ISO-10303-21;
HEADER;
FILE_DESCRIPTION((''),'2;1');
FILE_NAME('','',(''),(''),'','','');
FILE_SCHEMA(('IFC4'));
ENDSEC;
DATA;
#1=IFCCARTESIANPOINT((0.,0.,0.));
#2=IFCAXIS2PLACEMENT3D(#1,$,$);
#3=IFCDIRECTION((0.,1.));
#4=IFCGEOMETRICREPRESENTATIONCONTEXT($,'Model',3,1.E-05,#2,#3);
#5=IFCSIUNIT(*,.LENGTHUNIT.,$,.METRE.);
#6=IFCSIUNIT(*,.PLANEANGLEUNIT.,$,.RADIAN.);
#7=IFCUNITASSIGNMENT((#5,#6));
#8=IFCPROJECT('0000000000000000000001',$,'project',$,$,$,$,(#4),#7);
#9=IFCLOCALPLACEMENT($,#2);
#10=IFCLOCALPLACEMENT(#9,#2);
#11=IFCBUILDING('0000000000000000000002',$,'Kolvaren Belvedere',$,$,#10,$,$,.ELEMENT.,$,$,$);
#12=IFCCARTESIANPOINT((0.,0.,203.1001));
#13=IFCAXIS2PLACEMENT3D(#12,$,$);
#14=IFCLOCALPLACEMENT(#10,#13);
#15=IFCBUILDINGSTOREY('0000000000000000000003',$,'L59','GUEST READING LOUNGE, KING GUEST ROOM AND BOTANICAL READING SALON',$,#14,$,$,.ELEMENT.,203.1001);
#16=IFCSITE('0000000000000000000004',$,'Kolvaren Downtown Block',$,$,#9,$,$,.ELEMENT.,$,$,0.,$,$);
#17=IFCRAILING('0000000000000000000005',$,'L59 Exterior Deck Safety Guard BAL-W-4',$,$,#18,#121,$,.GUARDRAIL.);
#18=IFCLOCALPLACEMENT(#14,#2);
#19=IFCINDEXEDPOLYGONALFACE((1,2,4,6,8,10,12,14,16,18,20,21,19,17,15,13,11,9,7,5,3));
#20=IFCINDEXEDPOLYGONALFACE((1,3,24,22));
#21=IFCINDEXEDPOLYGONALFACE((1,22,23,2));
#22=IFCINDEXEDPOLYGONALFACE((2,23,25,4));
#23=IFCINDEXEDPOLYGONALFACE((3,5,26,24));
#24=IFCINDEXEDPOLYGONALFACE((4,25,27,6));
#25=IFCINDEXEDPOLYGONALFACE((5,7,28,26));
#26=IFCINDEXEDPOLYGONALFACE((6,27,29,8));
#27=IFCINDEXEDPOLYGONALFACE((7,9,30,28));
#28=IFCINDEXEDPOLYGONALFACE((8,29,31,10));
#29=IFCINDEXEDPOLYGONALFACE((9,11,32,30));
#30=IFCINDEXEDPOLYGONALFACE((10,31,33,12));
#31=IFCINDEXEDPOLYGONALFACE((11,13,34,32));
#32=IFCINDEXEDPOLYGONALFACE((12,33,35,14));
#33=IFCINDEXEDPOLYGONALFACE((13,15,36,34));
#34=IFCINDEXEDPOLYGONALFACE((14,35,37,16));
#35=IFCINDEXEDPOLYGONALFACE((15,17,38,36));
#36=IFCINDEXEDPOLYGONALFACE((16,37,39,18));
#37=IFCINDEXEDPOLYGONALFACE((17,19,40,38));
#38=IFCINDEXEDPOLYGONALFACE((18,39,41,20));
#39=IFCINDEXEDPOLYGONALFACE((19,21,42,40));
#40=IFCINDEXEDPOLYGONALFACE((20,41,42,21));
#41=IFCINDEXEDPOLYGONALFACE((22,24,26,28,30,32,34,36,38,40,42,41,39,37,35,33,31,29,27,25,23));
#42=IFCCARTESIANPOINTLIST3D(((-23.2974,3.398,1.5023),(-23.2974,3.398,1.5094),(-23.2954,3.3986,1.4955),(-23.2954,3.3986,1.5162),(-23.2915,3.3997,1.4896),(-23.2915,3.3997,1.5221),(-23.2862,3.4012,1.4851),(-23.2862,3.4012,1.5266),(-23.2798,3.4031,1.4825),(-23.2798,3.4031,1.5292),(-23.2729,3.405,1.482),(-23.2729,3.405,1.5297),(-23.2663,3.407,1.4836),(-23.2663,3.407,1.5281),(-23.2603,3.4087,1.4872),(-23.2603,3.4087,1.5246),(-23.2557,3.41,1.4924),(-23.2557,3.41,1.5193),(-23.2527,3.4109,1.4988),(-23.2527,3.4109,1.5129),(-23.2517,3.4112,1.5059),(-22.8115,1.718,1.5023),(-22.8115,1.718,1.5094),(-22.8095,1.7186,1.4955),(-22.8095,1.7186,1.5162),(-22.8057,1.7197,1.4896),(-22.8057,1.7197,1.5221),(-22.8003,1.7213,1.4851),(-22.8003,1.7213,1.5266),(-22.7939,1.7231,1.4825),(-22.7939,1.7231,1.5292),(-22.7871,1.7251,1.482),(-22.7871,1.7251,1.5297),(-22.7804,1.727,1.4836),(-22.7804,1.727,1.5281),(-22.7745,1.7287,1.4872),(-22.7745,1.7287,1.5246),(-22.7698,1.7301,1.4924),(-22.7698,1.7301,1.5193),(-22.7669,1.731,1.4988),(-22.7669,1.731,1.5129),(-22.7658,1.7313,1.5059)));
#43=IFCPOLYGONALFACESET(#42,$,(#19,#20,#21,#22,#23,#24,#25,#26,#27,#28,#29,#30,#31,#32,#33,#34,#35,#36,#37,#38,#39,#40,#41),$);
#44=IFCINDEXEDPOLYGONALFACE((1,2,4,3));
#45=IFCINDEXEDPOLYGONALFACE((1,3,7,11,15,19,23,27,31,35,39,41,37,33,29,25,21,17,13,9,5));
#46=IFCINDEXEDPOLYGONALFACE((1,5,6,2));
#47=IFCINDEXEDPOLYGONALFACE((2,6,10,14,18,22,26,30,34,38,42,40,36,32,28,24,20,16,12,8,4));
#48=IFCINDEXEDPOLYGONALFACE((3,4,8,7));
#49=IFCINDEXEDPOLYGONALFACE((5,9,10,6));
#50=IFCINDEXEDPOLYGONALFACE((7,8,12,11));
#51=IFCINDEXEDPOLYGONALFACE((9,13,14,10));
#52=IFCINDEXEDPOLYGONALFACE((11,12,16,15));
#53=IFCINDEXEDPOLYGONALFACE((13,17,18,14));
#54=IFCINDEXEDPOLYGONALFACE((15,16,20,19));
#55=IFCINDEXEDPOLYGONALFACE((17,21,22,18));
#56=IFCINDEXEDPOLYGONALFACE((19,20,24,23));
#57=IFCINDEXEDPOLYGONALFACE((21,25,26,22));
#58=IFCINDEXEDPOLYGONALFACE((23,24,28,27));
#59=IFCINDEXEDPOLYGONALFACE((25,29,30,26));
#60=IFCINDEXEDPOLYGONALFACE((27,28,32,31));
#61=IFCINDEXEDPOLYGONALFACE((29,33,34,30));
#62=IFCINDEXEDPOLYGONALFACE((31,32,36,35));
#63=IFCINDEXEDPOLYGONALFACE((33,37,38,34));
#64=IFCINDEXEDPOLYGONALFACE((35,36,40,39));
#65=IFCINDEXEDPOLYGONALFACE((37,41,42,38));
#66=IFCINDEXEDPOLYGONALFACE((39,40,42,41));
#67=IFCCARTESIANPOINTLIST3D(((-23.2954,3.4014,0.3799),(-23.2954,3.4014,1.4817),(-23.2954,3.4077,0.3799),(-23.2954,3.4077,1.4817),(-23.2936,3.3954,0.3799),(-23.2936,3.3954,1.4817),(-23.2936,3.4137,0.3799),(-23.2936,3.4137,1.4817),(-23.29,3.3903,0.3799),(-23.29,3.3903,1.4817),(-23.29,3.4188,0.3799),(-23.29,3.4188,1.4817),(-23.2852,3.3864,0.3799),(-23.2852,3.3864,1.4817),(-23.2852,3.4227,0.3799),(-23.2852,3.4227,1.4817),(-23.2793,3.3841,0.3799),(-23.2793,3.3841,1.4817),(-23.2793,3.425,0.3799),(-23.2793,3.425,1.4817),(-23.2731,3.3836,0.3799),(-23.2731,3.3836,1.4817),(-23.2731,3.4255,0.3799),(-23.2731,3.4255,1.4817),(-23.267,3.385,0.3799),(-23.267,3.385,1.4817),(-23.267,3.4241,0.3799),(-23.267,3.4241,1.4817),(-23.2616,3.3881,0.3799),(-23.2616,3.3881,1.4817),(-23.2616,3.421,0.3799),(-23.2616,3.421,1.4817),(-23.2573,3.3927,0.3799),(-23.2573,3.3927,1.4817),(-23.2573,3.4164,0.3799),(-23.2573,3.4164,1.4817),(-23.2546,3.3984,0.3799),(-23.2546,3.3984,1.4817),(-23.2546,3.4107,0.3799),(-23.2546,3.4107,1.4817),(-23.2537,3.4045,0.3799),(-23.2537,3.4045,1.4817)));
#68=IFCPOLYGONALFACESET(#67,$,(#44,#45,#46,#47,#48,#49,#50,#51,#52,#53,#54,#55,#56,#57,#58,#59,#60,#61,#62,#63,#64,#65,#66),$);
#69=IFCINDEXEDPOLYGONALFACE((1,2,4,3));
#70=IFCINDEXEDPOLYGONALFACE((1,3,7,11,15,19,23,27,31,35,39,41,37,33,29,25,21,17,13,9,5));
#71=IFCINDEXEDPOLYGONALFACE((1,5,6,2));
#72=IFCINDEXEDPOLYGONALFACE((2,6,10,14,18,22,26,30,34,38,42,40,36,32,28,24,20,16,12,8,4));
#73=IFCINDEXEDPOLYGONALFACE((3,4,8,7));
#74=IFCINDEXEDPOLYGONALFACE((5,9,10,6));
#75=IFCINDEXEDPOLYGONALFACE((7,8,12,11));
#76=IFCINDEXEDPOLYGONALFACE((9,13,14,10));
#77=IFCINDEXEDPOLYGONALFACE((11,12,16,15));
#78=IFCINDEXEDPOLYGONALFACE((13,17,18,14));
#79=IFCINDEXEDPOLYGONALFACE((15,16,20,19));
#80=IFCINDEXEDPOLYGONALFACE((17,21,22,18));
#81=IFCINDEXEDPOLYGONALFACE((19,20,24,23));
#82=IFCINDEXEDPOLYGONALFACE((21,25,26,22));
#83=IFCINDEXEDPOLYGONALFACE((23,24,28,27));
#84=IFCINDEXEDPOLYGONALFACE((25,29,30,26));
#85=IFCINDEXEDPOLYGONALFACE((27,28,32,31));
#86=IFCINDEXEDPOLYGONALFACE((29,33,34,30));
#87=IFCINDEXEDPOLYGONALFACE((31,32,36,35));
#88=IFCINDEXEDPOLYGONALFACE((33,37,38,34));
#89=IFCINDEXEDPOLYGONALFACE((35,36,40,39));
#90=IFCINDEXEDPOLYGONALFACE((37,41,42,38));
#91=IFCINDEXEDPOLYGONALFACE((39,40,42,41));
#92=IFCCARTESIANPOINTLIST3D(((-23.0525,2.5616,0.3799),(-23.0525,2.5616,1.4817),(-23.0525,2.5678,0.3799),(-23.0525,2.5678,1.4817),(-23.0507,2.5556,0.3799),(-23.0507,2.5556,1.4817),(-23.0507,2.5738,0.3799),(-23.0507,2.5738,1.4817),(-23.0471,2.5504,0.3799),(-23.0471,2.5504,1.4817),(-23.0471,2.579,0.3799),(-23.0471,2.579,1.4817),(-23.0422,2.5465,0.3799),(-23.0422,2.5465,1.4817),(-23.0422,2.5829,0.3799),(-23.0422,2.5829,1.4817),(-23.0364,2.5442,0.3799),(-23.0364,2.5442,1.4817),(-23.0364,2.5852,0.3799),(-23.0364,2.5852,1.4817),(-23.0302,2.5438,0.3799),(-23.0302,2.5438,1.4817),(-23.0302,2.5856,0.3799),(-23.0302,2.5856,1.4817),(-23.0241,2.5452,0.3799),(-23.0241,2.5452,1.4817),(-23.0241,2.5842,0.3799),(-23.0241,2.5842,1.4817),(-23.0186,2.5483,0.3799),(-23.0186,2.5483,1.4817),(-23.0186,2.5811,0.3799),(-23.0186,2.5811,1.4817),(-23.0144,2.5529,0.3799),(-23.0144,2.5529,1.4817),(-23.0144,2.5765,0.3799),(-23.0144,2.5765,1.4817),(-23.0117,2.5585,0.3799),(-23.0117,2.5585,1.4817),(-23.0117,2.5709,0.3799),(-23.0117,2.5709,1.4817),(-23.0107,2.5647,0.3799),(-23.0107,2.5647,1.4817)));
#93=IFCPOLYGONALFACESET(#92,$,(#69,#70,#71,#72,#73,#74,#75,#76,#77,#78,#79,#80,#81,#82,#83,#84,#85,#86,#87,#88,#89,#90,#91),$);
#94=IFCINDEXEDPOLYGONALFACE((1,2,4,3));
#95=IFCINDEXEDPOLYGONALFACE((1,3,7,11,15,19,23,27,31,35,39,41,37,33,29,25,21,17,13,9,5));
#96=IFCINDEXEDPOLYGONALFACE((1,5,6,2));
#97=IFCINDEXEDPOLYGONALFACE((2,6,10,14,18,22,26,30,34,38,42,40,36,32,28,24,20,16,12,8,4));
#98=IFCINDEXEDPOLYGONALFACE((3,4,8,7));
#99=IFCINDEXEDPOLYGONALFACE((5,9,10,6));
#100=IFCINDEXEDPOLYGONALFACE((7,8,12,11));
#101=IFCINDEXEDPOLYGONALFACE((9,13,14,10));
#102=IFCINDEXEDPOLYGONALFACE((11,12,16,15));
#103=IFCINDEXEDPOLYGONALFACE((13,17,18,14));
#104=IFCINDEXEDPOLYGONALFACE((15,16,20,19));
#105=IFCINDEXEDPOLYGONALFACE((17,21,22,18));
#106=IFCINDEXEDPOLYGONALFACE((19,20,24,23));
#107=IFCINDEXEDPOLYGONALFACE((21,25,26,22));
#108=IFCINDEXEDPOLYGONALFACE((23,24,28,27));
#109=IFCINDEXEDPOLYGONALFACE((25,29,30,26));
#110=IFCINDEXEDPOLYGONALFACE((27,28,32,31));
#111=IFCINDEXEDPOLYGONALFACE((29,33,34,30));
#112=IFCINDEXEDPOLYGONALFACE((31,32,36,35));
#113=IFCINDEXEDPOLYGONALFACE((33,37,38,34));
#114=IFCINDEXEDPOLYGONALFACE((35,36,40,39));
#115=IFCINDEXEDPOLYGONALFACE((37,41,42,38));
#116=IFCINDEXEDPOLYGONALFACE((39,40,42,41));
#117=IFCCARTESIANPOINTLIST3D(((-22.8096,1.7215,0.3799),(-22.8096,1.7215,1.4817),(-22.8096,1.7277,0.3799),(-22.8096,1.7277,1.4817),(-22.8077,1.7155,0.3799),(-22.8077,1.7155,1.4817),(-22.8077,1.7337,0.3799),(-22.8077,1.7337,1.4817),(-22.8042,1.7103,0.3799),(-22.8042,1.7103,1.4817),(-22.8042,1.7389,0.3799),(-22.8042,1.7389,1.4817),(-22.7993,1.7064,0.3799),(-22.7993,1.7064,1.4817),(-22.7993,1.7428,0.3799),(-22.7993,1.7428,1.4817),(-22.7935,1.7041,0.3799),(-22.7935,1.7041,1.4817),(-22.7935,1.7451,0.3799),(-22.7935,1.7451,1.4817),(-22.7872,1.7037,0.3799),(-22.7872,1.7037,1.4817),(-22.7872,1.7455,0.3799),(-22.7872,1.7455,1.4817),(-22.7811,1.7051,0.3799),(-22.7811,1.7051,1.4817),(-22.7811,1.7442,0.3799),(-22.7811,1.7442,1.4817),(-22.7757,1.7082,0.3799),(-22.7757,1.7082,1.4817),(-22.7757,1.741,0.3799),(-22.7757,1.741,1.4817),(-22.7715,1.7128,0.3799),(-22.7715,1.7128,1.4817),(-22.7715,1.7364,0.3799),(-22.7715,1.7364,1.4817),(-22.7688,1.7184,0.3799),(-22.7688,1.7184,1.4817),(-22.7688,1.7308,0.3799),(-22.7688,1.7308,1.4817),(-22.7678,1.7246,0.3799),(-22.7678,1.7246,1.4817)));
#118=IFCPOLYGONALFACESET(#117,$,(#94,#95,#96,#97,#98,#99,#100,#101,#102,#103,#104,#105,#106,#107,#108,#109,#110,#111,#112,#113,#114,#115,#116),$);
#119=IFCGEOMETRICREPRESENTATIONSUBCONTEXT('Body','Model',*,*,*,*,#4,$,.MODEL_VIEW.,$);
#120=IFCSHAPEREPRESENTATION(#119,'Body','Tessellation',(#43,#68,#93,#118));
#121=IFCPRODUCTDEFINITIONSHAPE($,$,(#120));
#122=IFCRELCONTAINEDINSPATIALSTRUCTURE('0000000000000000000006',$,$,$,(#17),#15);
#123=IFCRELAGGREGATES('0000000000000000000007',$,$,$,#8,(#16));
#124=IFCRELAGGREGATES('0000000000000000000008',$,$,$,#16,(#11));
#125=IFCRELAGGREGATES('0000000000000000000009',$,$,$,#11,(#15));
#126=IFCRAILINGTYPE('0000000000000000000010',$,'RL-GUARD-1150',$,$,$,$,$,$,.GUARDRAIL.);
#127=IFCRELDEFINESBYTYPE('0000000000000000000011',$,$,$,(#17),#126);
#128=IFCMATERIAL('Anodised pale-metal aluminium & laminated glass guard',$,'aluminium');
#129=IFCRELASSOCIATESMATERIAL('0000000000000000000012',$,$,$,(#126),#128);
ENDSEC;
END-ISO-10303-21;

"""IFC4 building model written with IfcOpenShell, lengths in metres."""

from ifc_helpers import new_model, si_unit, direction, frame, origin, origin_2d, place, context, subcontext, project, spatial, circle, extrude, material, type_object, element, save


model = new_model("IFC4")

# Units and contexts
model_context = context("Model", 3, precision=1e-05, world=origin(), true_north=direction((0.0, 1.0)))
body_context = subcontext(model_context, "Body", "Model", "MODEL_VIEW")
ifc_project = project(units=[si_unit("LENGTHUNIT", "METRE"), si_unit("PLANEANGLEUNIT", "RADIAN")], contexts=[model_context])

# Site, building, storey
site_placement = place(None, origin())
site = spatial("IfcSite", under=ifc_project, at=site_placement, Name="Kolvaren Downtown Block", CompositionType="ELEMENT", RefElevation=0.0)
building_placement = place(site_placement, origin())
building = spatial("IfcBuilding", under=site, at=building_placement, Name="Kolvaren Belvedere", CompositionType="ELEMENT")
storey_placement = place(building_placement, frame((0.0, 0.0, 203.1001)))
storey = spatial("IfcBuildingStorey", under=building, at=storey_placement, Name="L59", Description="GUEST READING LOUNGE, KING GUEST ROOM AND BOTANICAL READING SALON", CompositionType="ELEMENT", Elevation=203.1001)

# Railing
ifc_material_1 = material(Name="Anodised pale-metal aluminium & laminated glass guard", Category="aluminium")
railing_type = type_object("IfcRailingType", Name="RL-GUARD-1150", PredefinedType="GUARDRAIL", material=ifc_material_1)
railing_1_placement = place(storey_placement, frame((-23.2747, 3.4045, 0.3799)))
element("IfcRailing", 1, at=railing_1_placement, inside=storey, type_object=railing_type, Name="L59 Exterior Deck Safety Guard BAL-W-4", PredefinedType="GUARDRAIL", context=body_context, shape_type="SweptSolid", body=[
    extrude(circle(Radius=0.0239, at=origin_2d()), frame((0.0, 0.0, 1.126), z_axis=(0.277817, -0.960634, 0.0), x_axis=(0.960634, 0.277817, 0.0)), (0.0, 0.0, 1.0), 1.7488),
    extrude(circle(Radius=0.021, at=origin_2d()), origin(), (0.0, 0.0, 1.0), 1.1018),
    extrude(circle(Radius=0.021, at=origin_2d()), frame((0.2429, -0.8398, 0.0)), (0.0, 0.0, 1.0), 1.1018),
    extrude(circle(Radius=0.021, at=origin_2d()), frame((0.4858, -1.6799, 0.0)), (0.0, 0.0, 1.0), 1.1018),
])

save(model, "model.ifc")
